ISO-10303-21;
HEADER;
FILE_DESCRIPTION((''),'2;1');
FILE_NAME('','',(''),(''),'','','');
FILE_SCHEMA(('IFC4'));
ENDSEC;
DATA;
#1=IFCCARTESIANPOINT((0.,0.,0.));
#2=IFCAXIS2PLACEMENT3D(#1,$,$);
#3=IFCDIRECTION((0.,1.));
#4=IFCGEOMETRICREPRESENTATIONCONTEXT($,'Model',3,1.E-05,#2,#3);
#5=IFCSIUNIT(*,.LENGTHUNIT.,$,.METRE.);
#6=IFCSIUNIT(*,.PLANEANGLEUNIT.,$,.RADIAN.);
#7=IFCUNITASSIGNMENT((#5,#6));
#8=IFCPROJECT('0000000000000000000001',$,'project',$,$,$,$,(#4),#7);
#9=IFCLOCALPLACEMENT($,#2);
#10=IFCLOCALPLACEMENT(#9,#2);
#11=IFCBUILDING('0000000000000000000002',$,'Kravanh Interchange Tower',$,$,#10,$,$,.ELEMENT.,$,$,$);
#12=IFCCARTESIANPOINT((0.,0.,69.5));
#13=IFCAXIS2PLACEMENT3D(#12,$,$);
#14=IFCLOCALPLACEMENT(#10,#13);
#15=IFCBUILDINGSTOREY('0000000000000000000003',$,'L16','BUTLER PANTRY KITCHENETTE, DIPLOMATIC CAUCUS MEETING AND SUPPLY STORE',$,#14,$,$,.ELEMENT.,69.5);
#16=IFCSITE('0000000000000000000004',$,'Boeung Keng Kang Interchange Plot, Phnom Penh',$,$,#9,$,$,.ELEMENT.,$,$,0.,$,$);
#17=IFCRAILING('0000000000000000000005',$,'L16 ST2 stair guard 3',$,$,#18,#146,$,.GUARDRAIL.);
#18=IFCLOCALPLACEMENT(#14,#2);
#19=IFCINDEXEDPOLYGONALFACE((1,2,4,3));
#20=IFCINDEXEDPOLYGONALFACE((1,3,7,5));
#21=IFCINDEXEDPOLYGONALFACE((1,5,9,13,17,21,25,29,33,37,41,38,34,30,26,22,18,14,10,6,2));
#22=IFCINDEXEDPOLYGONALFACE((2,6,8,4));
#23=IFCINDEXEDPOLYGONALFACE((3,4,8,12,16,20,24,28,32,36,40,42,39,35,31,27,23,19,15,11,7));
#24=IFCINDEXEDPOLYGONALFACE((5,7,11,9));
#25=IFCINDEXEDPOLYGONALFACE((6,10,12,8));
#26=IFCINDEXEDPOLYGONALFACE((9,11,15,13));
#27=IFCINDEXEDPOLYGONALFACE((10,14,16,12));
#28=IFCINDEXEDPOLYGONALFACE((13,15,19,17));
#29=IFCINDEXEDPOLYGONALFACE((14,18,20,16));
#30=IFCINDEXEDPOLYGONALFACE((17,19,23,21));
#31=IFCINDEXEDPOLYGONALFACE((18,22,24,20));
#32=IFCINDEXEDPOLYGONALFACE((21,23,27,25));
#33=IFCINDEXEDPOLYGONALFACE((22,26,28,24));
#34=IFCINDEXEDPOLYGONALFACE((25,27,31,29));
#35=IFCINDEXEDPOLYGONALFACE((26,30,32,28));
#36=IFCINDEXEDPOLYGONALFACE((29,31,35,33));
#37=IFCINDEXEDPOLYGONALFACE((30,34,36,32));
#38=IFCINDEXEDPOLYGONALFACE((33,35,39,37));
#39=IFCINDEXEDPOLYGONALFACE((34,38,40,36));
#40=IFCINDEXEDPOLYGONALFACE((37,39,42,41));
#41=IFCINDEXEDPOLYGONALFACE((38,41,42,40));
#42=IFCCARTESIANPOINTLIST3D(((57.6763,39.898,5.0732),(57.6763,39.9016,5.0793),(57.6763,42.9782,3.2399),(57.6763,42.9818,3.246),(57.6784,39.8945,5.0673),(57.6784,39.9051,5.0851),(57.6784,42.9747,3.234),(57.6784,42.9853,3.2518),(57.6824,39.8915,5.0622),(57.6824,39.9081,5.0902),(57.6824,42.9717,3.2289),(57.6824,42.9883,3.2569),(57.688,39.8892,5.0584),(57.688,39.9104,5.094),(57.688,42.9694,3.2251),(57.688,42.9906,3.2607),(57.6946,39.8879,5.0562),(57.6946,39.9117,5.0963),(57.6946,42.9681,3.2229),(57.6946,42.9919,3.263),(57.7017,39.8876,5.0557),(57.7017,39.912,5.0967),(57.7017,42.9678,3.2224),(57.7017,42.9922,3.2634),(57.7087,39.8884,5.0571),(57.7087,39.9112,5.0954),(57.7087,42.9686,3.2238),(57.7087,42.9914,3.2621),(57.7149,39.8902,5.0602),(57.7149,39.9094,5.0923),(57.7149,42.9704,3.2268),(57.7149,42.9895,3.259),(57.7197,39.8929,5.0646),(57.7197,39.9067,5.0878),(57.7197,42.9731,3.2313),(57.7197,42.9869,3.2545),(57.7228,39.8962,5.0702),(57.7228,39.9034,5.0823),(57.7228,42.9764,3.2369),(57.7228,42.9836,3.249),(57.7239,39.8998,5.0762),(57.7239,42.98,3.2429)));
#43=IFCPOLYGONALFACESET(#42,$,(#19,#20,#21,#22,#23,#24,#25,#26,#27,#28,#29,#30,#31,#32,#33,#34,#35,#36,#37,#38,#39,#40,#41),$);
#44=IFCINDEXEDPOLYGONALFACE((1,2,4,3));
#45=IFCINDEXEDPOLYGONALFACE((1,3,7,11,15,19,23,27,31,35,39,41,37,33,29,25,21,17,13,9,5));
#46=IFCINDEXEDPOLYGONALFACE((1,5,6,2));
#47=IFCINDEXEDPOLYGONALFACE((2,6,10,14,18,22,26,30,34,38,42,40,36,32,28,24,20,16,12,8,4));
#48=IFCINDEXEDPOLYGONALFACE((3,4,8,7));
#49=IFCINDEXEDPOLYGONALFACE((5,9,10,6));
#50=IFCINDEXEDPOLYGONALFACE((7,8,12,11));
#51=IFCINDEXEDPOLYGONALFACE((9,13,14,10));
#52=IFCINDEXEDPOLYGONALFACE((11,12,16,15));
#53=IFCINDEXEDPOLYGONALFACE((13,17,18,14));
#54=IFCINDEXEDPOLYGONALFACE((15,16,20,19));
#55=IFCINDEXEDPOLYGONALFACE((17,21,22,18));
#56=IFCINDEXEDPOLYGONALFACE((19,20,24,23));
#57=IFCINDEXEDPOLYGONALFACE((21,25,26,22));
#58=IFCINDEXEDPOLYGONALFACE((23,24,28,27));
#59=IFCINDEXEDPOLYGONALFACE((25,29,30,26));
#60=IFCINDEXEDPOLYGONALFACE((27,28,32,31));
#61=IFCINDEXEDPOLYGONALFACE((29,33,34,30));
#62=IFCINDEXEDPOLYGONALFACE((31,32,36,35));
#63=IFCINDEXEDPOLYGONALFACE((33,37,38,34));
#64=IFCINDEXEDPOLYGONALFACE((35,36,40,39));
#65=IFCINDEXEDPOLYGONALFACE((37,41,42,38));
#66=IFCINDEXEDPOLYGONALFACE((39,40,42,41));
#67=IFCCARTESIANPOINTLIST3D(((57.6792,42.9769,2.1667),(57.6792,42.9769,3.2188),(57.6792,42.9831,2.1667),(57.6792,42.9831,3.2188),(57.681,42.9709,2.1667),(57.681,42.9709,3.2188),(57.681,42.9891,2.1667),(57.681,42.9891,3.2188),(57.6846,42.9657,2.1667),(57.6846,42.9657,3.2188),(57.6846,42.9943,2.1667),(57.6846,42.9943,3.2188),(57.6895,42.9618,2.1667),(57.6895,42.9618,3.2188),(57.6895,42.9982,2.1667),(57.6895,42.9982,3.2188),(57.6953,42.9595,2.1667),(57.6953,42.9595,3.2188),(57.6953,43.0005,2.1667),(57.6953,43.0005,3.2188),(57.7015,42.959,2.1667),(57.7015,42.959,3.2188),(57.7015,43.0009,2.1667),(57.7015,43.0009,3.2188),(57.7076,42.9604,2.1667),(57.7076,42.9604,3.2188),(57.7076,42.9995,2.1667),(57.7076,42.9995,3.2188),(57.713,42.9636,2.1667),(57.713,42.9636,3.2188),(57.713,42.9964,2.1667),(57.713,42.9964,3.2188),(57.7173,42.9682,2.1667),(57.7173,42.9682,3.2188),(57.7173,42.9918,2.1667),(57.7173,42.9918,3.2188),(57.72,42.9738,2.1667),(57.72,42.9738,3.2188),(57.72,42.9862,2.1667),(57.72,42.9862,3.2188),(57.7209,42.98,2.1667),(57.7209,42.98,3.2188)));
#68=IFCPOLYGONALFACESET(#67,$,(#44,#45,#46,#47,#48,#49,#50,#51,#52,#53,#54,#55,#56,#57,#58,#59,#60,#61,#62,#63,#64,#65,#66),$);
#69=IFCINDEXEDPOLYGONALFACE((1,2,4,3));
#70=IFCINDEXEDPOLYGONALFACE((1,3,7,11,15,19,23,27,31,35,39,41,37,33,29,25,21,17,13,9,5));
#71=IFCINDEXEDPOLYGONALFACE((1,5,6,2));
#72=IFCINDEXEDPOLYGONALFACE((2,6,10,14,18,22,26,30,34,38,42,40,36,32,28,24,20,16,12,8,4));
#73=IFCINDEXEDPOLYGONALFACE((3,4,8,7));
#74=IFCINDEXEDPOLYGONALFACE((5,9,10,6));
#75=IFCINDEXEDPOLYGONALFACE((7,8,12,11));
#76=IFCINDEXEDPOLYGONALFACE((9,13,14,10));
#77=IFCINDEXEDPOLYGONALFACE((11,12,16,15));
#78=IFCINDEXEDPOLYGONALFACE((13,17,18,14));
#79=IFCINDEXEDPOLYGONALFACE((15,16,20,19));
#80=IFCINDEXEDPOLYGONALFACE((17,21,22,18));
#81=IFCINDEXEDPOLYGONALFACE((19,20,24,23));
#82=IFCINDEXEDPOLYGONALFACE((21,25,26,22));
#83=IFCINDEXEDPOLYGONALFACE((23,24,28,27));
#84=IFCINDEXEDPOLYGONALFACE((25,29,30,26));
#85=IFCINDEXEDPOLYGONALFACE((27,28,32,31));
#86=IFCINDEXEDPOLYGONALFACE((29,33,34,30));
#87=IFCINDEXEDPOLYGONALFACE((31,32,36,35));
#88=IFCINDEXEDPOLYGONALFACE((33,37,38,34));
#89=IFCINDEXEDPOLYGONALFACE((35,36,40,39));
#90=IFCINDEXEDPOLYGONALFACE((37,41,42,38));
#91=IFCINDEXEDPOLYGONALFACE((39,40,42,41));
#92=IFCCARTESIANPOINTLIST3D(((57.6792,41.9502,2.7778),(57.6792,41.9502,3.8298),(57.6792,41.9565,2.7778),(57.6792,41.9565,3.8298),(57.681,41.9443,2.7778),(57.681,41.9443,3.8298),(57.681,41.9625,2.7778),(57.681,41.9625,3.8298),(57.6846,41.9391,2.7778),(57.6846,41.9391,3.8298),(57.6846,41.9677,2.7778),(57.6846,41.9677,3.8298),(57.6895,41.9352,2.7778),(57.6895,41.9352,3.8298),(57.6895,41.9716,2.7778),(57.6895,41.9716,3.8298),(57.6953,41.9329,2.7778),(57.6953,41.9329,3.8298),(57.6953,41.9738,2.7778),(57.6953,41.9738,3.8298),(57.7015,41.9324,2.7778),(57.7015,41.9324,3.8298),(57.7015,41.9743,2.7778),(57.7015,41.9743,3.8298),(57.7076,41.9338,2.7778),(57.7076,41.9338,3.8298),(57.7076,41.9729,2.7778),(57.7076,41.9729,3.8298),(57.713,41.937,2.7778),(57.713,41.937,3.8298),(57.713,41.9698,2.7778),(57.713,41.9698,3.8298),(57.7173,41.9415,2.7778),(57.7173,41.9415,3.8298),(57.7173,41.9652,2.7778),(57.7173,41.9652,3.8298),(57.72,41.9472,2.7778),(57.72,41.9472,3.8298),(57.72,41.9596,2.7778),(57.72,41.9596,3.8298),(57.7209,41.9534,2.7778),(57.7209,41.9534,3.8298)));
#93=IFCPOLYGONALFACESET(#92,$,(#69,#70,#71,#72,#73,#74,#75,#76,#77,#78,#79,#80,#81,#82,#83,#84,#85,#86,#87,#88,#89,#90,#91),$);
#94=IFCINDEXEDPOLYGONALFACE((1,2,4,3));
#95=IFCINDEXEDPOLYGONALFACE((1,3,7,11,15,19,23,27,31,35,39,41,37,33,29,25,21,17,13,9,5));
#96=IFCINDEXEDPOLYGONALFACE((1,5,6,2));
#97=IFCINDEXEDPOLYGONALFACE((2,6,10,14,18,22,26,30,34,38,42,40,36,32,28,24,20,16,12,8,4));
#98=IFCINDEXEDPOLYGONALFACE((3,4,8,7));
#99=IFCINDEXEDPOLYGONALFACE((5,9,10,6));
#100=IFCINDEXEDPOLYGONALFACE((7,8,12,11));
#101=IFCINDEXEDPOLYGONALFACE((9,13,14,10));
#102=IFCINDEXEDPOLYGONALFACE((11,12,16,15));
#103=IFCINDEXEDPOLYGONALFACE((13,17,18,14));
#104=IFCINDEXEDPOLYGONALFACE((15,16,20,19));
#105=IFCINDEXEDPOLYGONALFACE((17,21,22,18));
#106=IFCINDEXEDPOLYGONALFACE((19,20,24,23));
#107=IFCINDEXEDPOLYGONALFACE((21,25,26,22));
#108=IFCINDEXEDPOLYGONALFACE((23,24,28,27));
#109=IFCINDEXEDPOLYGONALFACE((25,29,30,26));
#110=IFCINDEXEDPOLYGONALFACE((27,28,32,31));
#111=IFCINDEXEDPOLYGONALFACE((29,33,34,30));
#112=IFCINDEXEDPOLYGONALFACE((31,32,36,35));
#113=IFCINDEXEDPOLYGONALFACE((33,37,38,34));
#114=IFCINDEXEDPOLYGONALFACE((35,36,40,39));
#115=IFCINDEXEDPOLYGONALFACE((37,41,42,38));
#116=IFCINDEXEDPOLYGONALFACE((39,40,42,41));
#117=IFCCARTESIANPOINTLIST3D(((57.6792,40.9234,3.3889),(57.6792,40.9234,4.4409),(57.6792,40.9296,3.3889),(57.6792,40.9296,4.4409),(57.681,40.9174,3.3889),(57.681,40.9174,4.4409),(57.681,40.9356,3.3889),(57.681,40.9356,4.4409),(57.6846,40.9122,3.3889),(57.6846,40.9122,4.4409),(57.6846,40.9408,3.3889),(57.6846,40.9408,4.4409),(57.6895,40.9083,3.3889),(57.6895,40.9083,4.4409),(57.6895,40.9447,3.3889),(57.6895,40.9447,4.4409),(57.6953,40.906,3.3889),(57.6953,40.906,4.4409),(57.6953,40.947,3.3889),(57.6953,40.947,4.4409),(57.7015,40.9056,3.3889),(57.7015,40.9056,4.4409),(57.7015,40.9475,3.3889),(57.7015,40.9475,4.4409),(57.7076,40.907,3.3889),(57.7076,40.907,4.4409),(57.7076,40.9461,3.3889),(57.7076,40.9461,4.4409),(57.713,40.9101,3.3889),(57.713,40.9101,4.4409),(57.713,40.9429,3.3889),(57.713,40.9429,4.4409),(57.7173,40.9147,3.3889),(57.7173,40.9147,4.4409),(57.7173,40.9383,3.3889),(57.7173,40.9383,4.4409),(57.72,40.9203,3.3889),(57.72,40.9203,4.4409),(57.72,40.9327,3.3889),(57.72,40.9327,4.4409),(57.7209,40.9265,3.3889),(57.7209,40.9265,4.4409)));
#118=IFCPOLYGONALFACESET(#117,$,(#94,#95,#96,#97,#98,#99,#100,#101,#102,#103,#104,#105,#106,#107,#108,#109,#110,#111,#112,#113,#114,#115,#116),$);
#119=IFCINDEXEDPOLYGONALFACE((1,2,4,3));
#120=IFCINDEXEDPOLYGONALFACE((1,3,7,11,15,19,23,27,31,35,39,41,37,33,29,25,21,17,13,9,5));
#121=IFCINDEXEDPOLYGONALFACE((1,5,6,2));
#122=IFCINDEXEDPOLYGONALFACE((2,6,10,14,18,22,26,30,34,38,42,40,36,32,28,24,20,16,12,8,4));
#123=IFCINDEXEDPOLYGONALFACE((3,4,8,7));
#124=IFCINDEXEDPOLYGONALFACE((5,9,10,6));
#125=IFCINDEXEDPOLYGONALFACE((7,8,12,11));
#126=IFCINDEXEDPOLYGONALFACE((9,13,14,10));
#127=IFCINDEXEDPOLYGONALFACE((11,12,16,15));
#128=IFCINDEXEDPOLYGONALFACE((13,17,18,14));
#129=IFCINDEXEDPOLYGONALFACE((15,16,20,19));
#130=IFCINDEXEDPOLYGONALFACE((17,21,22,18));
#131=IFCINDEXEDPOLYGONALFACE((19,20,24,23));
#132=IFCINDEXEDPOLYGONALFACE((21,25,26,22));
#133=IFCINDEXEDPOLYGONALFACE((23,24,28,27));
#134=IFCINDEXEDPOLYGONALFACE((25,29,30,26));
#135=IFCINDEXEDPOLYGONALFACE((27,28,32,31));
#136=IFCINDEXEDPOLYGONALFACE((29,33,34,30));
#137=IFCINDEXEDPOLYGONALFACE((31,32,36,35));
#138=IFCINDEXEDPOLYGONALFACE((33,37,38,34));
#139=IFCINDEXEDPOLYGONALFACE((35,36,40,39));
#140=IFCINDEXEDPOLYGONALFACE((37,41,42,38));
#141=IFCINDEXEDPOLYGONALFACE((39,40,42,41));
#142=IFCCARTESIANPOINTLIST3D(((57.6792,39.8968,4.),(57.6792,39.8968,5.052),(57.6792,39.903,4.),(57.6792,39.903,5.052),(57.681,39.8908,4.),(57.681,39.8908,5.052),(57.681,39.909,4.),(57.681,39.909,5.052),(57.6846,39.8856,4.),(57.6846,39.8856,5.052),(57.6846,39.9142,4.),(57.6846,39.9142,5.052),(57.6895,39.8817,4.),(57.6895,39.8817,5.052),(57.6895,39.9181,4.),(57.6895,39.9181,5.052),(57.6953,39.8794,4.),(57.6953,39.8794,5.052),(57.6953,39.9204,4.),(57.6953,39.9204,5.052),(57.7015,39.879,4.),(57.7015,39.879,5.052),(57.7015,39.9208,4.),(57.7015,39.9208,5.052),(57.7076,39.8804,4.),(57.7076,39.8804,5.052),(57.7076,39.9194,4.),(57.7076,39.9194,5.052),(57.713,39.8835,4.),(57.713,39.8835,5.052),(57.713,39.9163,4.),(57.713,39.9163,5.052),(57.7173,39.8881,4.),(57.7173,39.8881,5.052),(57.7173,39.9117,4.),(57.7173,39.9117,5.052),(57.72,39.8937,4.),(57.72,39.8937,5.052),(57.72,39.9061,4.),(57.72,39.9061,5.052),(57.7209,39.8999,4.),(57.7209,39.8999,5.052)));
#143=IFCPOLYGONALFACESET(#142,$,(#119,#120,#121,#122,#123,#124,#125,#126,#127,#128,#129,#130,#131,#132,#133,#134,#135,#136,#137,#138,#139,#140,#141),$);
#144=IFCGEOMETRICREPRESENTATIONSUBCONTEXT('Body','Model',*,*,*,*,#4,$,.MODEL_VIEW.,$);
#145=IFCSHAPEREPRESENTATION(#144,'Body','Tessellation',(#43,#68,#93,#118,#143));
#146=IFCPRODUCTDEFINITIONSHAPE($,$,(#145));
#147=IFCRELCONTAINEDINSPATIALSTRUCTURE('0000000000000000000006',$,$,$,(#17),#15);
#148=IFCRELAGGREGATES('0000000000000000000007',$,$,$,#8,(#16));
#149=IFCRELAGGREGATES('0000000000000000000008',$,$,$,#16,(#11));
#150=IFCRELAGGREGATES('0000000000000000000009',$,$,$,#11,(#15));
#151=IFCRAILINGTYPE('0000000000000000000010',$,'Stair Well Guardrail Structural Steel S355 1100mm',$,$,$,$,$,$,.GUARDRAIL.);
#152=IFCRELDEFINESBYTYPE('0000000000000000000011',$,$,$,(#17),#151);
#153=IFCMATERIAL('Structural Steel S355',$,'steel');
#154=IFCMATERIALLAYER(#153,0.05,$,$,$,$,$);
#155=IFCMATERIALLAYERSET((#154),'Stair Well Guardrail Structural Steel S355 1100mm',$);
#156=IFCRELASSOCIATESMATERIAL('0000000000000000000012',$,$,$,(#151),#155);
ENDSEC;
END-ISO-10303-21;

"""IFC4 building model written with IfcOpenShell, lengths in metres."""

from ifc_helpers import new_model, si_unit, direction, frame, origin, origin_2d, place, context, subcontext, project, spatial, circle, extrude, material, layer, layer_set, type_object, element, save


model = new_model("IFC4")

# Units and contexts
model_context = context("Model", 3, precision=1e-05, world=origin(), true_north=direction((0.0, 1.0)))
body_context = subcontext(model_context, "Body", "Model", "MODEL_VIEW")
ifc_project = project(units=[si_unit("LENGTHUNIT", "METRE"), si_unit("PLANEANGLEUNIT", "RADIAN")], contexts=[model_context])

# Site, building, storey
site_placement = place(None, origin())
site = spatial("IfcSite", under=ifc_project, at=site_placement, Name="Boeung Keng Kang Interchange Plot, Phnom Penh", CompositionType="ELEMENT", RefElevation=0.0)
building_placement = place(site_placement, origin())
building = spatial("IfcBuilding", under=site, at=building_placement, Name="Kravanh Interchange Tower", CompositionType="ELEMENT")
storey_placement = place(building_placement, frame((0.0, 0.0, 69.5)))
storey = spatial("IfcBuildingStorey", under=building, at=storey_placement, Name="L16", Description="BUTLER PANTRY KITCHENETTE, DIPLOMATIC CAUCUS MEETING AND SUPPLY STORE", CompositionType="ELEMENT", Elevation=69.5)

# Railing
ifc_material_1 = material(Name="Structural Steel S355", Category="steel")
ifc_layer_1 = layer(ifc_material_1, 0.05)
ifc_layer_set_1 = layer_set([ifc_layer_1], Name="Stair Well Guardrail Structural Steel S355 1100mm")
railing_type_1 = type_object("IfcRailingType", Name="Stair Well Guardrail Structural Steel S355 1100mm", PredefinedType="GUARDRAIL", material=ifc_layer_set_1)
railing_1_placement = place(storey_placement, frame((57.7, 42.98, 2.1667)))
element("IfcRailing", 1, at=railing_1_placement, inside=storey, type_object=railing_type_1, Name="L16 ST2 stair guard 3", PredefinedType="GUARDRAIL", context=body_context, shape_type="SweptSolid", body=[
    extrude(circle(Radius=0.0239, at=origin_2d()), frame((0.0, 0.0, 1.0762), z_axis=(0.0, -0.859309, 0.511458), x_axis=(1.0, 0.0, 0.0)), (0.0, 0.0, 1.0), 3.5845),
    extrude(circle(Radius=0.021, at=origin_2d()), origin(), (0.0, 0.0, 1.0), 1.052),
    extrude(circle(Radius=0.021, at=origin_2d()), frame((0.0, -1.0266, 0.6111)), (0.0, 0.0, 1.0), 1.052),
    extrude(circle(Radius=0.021, at=origin_2d()), frame((0.0, -2.0535, 1.2222)), (0.0, 0.0, 1.0), 1.052),
    extrude(circle(Radius=0.021, at=origin_2d()), frame((0.0, -3.0801, 1.8333)), (0.0, 0.0, 1.0), 1.052),
])

save(model, "model.ifc")
